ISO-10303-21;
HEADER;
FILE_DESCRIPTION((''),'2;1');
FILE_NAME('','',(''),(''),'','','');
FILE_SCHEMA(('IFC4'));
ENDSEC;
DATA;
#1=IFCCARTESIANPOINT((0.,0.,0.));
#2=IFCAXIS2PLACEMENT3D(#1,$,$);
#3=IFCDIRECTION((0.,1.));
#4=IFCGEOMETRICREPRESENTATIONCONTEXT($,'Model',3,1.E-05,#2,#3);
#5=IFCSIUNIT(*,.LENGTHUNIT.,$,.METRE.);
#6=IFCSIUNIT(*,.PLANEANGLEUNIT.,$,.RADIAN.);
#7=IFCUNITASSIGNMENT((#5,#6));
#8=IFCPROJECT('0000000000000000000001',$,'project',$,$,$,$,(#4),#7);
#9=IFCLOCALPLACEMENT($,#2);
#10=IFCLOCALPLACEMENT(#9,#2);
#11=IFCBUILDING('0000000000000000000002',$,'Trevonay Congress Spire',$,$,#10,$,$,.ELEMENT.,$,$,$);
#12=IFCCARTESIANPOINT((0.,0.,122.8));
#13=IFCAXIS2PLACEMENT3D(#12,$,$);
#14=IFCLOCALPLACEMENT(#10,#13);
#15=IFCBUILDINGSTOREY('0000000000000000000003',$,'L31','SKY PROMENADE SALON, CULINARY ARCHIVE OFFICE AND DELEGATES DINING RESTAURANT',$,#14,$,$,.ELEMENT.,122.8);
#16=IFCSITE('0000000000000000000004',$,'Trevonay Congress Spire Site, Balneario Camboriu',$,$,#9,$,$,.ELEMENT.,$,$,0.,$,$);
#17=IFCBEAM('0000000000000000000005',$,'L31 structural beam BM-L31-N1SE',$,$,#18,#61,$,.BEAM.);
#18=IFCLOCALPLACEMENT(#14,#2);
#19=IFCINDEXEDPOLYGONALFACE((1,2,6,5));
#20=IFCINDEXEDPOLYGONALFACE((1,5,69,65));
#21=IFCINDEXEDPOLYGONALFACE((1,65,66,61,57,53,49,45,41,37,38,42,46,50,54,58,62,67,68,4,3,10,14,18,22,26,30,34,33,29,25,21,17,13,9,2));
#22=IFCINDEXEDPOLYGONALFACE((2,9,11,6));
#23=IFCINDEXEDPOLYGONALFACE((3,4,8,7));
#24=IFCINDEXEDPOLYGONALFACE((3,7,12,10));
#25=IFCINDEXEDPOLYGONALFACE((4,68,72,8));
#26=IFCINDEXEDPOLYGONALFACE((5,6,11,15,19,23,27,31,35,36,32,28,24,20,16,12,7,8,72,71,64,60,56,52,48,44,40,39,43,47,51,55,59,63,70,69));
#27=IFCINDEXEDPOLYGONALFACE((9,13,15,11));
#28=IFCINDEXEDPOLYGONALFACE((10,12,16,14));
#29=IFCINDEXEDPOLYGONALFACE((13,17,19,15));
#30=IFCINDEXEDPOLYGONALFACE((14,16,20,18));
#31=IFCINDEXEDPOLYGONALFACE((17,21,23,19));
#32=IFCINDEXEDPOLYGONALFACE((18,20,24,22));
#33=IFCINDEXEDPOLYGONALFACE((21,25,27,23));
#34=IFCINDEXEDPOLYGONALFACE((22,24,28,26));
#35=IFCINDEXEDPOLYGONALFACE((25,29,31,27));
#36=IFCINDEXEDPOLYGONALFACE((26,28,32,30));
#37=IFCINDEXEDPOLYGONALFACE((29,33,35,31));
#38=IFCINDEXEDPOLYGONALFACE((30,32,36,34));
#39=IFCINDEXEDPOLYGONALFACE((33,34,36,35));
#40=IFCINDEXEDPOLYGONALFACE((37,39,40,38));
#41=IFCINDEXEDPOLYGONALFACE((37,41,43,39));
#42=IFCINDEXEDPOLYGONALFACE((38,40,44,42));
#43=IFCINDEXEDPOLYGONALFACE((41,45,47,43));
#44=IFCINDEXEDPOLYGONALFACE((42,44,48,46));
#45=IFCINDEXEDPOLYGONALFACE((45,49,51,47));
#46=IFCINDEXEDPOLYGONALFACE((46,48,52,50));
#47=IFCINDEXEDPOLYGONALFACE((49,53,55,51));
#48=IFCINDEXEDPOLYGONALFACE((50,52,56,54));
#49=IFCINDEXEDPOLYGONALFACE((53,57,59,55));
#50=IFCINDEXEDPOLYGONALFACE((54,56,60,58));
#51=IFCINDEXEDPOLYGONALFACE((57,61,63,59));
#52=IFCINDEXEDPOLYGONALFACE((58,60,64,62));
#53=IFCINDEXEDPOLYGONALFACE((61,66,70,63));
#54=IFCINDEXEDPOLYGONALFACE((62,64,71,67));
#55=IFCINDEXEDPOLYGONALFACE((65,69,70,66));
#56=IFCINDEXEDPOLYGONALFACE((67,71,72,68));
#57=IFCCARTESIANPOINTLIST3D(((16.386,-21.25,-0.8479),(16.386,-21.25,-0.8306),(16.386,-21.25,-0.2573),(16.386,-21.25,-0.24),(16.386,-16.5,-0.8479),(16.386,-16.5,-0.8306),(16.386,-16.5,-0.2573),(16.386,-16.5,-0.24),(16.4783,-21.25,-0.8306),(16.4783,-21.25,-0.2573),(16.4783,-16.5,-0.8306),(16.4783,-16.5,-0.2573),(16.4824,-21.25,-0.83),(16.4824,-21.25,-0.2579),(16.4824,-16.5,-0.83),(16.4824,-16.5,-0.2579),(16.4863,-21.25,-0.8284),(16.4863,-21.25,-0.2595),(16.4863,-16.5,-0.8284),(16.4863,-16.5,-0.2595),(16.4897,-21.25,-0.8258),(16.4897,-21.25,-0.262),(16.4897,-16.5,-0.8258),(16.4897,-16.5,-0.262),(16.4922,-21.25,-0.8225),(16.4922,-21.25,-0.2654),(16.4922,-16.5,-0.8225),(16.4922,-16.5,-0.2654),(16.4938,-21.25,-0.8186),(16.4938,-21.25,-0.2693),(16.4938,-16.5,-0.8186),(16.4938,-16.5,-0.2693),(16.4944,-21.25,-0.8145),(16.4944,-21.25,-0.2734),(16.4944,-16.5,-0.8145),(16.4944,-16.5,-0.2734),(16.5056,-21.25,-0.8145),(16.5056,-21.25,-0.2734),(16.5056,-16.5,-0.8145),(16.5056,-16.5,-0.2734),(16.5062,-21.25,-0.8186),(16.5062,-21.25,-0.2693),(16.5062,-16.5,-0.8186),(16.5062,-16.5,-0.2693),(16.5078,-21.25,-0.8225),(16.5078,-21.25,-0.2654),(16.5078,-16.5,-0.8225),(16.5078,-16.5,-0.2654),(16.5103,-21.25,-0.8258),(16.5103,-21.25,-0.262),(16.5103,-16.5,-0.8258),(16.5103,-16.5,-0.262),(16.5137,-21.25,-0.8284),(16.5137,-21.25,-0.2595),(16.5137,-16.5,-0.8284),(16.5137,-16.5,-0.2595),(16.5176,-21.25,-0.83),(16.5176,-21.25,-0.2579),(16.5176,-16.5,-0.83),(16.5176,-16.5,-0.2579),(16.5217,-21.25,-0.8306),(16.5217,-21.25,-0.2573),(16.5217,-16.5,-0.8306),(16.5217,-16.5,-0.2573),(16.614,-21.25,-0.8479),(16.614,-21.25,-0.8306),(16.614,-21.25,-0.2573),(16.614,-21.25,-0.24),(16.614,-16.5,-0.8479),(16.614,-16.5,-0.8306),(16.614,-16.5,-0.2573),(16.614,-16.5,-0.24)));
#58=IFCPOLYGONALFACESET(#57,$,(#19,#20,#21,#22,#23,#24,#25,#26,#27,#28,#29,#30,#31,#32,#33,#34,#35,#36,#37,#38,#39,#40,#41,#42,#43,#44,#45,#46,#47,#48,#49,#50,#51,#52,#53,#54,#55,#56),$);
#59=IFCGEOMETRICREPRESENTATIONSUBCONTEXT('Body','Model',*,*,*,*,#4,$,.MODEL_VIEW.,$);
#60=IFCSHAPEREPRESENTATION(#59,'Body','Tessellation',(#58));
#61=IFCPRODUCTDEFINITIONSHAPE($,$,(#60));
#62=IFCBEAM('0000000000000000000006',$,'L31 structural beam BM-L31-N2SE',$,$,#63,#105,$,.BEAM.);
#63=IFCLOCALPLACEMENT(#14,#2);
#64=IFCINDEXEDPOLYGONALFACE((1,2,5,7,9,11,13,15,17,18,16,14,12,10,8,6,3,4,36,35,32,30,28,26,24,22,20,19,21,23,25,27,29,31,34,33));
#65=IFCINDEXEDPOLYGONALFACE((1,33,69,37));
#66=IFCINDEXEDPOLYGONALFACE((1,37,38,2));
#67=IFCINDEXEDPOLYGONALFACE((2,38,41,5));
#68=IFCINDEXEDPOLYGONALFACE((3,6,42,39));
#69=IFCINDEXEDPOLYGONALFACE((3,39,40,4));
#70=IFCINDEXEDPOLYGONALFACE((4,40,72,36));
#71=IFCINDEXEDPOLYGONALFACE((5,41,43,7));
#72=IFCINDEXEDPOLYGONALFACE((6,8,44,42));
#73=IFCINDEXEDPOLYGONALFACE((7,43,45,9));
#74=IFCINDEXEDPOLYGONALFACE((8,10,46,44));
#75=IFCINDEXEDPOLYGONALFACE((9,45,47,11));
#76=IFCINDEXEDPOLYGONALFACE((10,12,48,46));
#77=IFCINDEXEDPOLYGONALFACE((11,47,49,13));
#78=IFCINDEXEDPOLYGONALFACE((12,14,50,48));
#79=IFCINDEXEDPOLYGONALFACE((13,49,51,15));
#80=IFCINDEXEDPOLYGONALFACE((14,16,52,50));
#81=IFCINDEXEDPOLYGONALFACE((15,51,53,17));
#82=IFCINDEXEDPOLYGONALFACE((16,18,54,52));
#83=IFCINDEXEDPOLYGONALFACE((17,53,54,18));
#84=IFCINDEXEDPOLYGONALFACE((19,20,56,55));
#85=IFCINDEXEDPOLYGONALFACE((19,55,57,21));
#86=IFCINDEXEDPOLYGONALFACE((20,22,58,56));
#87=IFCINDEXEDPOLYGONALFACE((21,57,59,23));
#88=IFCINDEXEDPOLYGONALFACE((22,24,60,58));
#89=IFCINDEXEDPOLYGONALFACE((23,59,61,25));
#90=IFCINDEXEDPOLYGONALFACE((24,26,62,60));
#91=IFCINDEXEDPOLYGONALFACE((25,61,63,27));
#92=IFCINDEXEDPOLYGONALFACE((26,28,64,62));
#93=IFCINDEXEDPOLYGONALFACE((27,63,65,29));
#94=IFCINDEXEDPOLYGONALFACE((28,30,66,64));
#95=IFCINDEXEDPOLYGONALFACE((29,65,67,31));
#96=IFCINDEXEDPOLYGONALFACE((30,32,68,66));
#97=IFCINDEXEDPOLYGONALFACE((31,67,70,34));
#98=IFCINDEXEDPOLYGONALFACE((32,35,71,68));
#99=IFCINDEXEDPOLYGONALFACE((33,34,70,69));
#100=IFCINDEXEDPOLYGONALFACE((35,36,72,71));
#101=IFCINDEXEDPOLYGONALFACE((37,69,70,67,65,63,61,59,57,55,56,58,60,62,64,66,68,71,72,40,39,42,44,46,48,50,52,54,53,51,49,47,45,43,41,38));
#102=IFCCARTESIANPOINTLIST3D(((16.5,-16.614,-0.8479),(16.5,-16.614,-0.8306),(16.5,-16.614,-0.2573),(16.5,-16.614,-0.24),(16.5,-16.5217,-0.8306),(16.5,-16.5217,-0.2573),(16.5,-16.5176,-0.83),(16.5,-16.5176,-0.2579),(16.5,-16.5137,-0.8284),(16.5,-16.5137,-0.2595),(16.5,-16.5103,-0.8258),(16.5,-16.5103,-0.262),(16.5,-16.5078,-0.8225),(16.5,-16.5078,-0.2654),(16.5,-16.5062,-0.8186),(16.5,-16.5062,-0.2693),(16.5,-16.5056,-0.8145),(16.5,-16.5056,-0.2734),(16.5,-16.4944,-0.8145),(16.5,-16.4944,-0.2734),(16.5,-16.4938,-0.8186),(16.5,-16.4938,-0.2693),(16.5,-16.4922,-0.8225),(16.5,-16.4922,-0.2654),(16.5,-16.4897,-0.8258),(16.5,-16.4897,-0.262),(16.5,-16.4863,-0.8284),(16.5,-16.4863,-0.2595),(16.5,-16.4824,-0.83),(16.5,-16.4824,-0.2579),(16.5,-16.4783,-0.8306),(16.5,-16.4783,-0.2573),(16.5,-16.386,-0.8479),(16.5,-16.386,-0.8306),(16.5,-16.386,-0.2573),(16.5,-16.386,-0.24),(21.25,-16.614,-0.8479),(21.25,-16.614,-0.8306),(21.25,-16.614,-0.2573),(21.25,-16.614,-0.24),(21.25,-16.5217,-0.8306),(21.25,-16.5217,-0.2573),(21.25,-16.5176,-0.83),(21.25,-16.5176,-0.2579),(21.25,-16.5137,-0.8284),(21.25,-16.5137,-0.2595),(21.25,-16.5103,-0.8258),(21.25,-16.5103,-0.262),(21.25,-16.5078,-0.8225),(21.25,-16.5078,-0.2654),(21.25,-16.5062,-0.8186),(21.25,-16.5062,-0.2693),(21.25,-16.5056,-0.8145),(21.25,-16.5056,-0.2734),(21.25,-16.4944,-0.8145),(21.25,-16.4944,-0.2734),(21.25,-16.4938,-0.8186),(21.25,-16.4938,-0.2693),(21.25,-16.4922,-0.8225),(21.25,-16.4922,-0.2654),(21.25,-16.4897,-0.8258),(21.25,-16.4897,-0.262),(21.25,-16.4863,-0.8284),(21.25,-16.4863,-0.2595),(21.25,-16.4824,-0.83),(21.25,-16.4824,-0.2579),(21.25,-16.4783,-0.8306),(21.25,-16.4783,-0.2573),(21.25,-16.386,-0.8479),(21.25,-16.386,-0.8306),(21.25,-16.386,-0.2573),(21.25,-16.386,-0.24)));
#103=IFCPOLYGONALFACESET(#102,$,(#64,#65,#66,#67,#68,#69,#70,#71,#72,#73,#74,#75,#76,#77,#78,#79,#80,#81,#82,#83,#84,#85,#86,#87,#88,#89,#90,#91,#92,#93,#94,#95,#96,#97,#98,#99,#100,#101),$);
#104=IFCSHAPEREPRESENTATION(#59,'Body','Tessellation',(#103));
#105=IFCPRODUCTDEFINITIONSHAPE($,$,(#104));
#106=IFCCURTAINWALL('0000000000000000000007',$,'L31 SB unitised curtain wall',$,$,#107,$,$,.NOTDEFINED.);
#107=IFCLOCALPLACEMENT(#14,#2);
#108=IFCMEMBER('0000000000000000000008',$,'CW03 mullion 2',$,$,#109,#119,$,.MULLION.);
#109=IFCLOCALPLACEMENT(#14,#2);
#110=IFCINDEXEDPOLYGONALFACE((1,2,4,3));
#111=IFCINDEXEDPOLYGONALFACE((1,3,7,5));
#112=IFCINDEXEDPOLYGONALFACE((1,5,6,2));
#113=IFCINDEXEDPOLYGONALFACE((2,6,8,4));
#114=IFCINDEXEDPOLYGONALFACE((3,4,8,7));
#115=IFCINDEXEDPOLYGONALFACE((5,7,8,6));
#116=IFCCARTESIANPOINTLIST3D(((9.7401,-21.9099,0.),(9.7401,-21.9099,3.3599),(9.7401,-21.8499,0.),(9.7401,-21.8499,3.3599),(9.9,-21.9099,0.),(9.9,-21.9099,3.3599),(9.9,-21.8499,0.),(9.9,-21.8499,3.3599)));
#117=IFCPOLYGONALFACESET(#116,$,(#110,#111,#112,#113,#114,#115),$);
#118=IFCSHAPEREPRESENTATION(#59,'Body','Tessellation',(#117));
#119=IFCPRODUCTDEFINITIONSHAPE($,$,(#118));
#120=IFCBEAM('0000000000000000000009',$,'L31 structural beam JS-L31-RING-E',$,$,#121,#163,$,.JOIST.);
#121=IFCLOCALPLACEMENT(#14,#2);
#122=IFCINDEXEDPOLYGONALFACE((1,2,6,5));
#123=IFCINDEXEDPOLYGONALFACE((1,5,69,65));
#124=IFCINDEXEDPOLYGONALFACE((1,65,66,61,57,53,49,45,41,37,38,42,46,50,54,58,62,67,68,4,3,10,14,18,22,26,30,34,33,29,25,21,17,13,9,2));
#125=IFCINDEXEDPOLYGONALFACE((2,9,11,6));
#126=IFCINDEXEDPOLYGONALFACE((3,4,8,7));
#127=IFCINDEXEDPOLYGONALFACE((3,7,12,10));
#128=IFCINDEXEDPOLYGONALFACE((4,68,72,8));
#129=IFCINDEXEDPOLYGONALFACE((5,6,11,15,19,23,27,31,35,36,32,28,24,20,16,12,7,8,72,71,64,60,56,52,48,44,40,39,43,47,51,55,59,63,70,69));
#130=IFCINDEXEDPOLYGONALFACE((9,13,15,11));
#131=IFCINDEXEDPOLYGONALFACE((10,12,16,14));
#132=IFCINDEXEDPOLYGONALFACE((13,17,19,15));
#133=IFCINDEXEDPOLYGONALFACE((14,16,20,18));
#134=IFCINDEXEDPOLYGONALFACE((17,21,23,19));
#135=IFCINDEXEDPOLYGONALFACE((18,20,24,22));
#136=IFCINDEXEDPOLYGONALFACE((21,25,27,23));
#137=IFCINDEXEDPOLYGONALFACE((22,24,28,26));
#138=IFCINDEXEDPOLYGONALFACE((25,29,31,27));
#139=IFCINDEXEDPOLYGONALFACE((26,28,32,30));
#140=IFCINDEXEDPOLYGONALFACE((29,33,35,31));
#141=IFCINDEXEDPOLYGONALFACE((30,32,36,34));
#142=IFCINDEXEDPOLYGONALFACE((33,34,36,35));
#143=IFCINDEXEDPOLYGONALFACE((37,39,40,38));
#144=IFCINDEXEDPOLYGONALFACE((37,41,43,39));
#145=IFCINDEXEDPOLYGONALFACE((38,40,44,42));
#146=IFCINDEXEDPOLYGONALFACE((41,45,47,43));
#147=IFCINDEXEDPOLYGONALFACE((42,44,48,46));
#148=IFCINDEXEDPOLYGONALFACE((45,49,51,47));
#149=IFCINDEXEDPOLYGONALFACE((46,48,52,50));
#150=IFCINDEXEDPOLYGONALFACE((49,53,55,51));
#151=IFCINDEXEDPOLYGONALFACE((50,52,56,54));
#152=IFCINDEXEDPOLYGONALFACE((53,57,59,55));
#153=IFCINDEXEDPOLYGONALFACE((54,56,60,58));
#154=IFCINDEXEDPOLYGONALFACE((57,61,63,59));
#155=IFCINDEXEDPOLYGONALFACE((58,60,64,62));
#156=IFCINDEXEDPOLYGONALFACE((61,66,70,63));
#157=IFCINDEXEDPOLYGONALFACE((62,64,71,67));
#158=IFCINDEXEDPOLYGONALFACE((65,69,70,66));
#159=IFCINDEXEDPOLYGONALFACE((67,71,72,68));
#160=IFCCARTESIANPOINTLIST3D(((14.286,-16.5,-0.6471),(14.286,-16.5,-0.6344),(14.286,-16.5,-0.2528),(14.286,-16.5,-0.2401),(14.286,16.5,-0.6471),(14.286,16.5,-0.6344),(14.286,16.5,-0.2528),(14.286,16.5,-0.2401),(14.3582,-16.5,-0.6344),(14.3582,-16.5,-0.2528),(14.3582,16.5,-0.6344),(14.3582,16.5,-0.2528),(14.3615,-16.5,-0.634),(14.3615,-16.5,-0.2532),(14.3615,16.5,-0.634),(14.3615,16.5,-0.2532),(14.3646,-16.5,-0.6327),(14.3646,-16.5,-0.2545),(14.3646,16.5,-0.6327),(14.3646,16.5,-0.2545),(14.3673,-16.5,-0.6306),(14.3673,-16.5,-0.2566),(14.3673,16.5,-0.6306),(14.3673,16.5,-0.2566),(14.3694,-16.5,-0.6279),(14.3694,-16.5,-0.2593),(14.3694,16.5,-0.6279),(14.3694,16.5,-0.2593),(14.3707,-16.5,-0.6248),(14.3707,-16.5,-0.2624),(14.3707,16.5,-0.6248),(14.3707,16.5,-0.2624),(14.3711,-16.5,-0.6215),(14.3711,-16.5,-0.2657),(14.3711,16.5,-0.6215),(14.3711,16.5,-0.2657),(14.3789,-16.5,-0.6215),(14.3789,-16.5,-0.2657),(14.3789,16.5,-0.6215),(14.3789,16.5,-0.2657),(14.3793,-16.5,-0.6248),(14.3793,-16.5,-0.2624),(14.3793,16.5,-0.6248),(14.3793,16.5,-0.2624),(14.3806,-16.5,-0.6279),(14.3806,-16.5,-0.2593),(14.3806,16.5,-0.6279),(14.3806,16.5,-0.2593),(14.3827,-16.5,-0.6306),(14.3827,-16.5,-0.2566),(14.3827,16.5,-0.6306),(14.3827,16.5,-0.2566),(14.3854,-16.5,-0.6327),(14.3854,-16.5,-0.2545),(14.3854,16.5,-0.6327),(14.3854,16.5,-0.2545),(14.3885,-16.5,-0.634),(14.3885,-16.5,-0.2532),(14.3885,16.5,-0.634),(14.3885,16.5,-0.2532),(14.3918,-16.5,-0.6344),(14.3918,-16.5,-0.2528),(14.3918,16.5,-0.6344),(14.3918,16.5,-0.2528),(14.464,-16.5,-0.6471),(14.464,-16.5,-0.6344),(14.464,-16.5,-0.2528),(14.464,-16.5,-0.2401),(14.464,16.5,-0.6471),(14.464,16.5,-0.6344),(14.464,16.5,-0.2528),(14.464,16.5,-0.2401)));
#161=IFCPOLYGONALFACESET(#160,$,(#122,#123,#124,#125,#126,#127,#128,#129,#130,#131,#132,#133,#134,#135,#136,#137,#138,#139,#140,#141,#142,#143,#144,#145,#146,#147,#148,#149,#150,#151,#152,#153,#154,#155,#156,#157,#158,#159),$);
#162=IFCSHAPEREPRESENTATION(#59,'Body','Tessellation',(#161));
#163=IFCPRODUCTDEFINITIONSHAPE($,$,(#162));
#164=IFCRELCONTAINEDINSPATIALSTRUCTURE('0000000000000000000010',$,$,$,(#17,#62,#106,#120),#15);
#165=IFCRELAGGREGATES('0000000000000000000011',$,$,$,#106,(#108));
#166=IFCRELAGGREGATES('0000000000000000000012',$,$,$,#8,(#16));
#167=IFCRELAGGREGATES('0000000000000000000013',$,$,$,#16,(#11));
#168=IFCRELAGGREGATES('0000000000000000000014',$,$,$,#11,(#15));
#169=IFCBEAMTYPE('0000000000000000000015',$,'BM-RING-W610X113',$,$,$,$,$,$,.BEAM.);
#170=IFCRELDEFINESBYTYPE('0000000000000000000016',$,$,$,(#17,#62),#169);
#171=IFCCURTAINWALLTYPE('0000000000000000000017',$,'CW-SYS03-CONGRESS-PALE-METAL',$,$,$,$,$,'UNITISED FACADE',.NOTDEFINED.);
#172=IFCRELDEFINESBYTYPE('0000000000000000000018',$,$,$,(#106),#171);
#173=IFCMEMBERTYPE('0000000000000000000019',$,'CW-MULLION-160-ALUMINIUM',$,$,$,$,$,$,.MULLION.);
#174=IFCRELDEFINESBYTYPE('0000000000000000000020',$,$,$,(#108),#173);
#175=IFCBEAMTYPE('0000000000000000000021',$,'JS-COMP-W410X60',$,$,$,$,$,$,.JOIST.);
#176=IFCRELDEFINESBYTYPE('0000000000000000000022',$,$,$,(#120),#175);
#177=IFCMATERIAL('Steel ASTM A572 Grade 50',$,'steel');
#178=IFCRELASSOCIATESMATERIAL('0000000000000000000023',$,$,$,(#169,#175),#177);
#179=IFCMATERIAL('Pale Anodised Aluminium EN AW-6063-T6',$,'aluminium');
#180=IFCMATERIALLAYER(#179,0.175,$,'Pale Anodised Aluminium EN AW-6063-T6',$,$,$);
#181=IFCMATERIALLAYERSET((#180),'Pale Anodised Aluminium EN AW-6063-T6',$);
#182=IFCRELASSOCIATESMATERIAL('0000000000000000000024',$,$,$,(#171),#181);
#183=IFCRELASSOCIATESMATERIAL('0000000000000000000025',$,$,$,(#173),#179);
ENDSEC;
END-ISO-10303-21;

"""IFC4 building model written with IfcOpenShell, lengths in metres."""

from ifc_helpers import new_model, si_unit, direction, frame, origin, origin_2d, place, context, subcontext, project, spatial, rectangle, i_section, extrude, material, layer, layer_set, material_profile, profile_set, type_object, element, aggregate, save


model = new_model("IFC4")

# Units and contexts
model_context = context("Model", 3, precision=1e-05, world=origin(), true_north=direction((0.0, 1.0)))
body_context = subcontext(model_context, "Body", "Model", "MODEL_VIEW")
ifc_project = project(units=[si_unit("LENGTHUNIT", "METRE"), si_unit("PLANEANGLEUNIT", "RADIAN")], contexts=[model_context])

# Site, building, storey
site_placement = place(None, origin())
site = spatial("IfcSite", under=ifc_project, at=site_placement, Name="Trevonay Congress Spire Site, Balneario Camboriu", CompositionType="ELEMENT", RefElevation=0.0)
building_placement = place(site_placement, origin())
building = spatial("IfcBuilding", under=site, at=building_placement, Name="Trevonay Congress Spire", CompositionType="ELEMENT")
storey_placement = place(building_placement, frame((0.0, 0.0, 122.8)))
storey = spatial("IfcBuildingStorey", under=building, at=storey_placement, Name="L31", Description="SKY PROMENADE SALON, CULINARY ARCHIVE OFFICE AND DELEGATES DINING RESTAURANT", CompositionType="ELEMENT", Elevation=122.8)

# Shared definitions
ifc_material_1 = material(Name="Steel ASTM A572 Grade 50", Category="steel")

# Beams
ifc_material_profile_1 = material_profile(ifc_material_1, i_section(OverallWidth=0.228, OverallDepth=0.6079, WebThickness=0.0112, FlangeThickness=0.0173, FilletRadius=0.0161, at=origin_2d()), Name="W610x113")
ifc_profile_set_1 = profile_set([ifc_material_profile_1], Name="Steel ASTM A572 Grade 50")
beam_type_1 = type_object("IfcBeamType", Name="BM-RING-W610X113", PredefinedType="BEAM", material=ifc_profile_set_1)
for number, where, z_axis, x_axis, name in (
    (1, (16.5, -21.25, -0.5439), (0.0, 1.0, 0.0), (-1.0, 0.0, 0.0), "L31 structural beam BM-L31-N1SE"),
    (2, (21.25, -16.5, -0.5439), (-1.0, 0.0, 0.0), (0.0, -1.0, 0.0), "L31 structural beam BM-L31-N2SE"),
):
    element("IfcBeam", number, at=place(storey_placement, frame(where, z_axis=z_axis, x_axis=x_axis)), inside=storey, type_object=beam_type_1, Name=name, PredefinedType="BEAM", context=body_context, shape_type="SweptSolid", body=[
        extrude(i_section(OverallWidth=0.228, OverallDepth=0.6079, WebThickness=0.0112, FlangeThickness=0.0173, FilletRadius=0.0161, at=origin_2d()), origin(), (0.0, 0.0, 1.0), 4.75),
    ])

# Curtain wall, member
ifc_material_2 = material(Name="Pale Anodised Aluminium EN AW-6063-T6", Category="aluminium")
ifc_layer_1 = layer(ifc_material_2, 0.175, Name="Pale Anodised Aluminium EN AW-6063-T6")
ifc_layer_set_1 = layer_set([ifc_layer_1], Name="Pale Anodised Aluminium EN AW-6063-T6")
curtain_wall_type = type_object("IfcCurtainWallType", Name="CW-SYS03-CONGRESS-PALE-METAL", ElementType="UNITISED FACADE", PredefinedType="NOTDEFINED", material=ifc_layer_set_1)
curtain_wall_placement = place(storey_placement, origin())
curtain_wall = element("IfcCurtainWall", 3, at=curtain_wall_placement, inside=storey, type_object=curtain_wall_type, Name="L31 SB unitised curtain wall", PredefinedType="NOTDEFINED")
ifc_material_profile_2 = material_profile(ifc_material_2, rectangle(XDim=0.0601, YDim=0.1599, at=origin_2d()), Name="CW-MULLION-160-ALUMINIUM")
ifc_profile_set_2 = profile_set([ifc_material_profile_2], Name="Pale Anodised Aluminium EN AW-6063-T6")
member_type_1 = type_object("IfcMemberType", Name="CW-MULLION-160-ALUMINIUM", PredefinedType="MULLION", material=ifc_profile_set_2)
member_placement = place(storey_placement, frame((9.8201, -21.8799, 0.0), z_axis=(0.0, 0.0, 1.0), x_axis=(0.0, 1.0, 0.0)))
member = element("IfcMember", 4, at=member_placement, type_object=member_type_1, Name="CW03 mullion 2", PredefinedType="MULLION", context=body_context, shape_type="SweptSolid", body=[
    extrude(rectangle(XDim=0.0601, YDim=0.1599, at=origin_2d()), origin(), (0.0, 0.0, 1.0), 3.3599),
])
aggregate(curtain_wall, [member])

# Beam
ifc_material_profile_3 = material_profile(ifc_material_1, i_section(OverallWidth=0.178, OverallDepth=0.407, WebThickness=0.0078, FlangeThickness=0.0127, FilletRadius=0.0129, at=origin_2d()), Name="W410x60")
ifc_profile_set_3 = profile_set([ifc_material_profile_3], Name="Steel ASTM A572 Grade 50")
beam_type_2 = type_object("IfcBeamType", Name="JS-COMP-W410X60", PredefinedType="JOIST", material=ifc_profile_set_3)
beam_placement = place(storey_placement, frame((14.375, -16.5, -0.4436), z_axis=(0.0, 1.0, 0.0), x_axis=(-1.0, 0.0, 0.0)))
element("IfcBeam", 5, at=beam_placement, inside=storey, type_object=beam_type_2, Name="L31 structural beam JS-L31-RING-E", PredefinedType="JOIST", context=body_context, shape_type="SweptSolid", body=[
    extrude(i_section(OverallWidth=0.178, OverallDepth=0.407, WebThickness=0.0078, FlangeThickness=0.0127, FilletRadius=0.0129, at=origin_2d()), origin(), (0.0, 0.0, 1.0), 33.0),
])

save(model, "model.ifc")
